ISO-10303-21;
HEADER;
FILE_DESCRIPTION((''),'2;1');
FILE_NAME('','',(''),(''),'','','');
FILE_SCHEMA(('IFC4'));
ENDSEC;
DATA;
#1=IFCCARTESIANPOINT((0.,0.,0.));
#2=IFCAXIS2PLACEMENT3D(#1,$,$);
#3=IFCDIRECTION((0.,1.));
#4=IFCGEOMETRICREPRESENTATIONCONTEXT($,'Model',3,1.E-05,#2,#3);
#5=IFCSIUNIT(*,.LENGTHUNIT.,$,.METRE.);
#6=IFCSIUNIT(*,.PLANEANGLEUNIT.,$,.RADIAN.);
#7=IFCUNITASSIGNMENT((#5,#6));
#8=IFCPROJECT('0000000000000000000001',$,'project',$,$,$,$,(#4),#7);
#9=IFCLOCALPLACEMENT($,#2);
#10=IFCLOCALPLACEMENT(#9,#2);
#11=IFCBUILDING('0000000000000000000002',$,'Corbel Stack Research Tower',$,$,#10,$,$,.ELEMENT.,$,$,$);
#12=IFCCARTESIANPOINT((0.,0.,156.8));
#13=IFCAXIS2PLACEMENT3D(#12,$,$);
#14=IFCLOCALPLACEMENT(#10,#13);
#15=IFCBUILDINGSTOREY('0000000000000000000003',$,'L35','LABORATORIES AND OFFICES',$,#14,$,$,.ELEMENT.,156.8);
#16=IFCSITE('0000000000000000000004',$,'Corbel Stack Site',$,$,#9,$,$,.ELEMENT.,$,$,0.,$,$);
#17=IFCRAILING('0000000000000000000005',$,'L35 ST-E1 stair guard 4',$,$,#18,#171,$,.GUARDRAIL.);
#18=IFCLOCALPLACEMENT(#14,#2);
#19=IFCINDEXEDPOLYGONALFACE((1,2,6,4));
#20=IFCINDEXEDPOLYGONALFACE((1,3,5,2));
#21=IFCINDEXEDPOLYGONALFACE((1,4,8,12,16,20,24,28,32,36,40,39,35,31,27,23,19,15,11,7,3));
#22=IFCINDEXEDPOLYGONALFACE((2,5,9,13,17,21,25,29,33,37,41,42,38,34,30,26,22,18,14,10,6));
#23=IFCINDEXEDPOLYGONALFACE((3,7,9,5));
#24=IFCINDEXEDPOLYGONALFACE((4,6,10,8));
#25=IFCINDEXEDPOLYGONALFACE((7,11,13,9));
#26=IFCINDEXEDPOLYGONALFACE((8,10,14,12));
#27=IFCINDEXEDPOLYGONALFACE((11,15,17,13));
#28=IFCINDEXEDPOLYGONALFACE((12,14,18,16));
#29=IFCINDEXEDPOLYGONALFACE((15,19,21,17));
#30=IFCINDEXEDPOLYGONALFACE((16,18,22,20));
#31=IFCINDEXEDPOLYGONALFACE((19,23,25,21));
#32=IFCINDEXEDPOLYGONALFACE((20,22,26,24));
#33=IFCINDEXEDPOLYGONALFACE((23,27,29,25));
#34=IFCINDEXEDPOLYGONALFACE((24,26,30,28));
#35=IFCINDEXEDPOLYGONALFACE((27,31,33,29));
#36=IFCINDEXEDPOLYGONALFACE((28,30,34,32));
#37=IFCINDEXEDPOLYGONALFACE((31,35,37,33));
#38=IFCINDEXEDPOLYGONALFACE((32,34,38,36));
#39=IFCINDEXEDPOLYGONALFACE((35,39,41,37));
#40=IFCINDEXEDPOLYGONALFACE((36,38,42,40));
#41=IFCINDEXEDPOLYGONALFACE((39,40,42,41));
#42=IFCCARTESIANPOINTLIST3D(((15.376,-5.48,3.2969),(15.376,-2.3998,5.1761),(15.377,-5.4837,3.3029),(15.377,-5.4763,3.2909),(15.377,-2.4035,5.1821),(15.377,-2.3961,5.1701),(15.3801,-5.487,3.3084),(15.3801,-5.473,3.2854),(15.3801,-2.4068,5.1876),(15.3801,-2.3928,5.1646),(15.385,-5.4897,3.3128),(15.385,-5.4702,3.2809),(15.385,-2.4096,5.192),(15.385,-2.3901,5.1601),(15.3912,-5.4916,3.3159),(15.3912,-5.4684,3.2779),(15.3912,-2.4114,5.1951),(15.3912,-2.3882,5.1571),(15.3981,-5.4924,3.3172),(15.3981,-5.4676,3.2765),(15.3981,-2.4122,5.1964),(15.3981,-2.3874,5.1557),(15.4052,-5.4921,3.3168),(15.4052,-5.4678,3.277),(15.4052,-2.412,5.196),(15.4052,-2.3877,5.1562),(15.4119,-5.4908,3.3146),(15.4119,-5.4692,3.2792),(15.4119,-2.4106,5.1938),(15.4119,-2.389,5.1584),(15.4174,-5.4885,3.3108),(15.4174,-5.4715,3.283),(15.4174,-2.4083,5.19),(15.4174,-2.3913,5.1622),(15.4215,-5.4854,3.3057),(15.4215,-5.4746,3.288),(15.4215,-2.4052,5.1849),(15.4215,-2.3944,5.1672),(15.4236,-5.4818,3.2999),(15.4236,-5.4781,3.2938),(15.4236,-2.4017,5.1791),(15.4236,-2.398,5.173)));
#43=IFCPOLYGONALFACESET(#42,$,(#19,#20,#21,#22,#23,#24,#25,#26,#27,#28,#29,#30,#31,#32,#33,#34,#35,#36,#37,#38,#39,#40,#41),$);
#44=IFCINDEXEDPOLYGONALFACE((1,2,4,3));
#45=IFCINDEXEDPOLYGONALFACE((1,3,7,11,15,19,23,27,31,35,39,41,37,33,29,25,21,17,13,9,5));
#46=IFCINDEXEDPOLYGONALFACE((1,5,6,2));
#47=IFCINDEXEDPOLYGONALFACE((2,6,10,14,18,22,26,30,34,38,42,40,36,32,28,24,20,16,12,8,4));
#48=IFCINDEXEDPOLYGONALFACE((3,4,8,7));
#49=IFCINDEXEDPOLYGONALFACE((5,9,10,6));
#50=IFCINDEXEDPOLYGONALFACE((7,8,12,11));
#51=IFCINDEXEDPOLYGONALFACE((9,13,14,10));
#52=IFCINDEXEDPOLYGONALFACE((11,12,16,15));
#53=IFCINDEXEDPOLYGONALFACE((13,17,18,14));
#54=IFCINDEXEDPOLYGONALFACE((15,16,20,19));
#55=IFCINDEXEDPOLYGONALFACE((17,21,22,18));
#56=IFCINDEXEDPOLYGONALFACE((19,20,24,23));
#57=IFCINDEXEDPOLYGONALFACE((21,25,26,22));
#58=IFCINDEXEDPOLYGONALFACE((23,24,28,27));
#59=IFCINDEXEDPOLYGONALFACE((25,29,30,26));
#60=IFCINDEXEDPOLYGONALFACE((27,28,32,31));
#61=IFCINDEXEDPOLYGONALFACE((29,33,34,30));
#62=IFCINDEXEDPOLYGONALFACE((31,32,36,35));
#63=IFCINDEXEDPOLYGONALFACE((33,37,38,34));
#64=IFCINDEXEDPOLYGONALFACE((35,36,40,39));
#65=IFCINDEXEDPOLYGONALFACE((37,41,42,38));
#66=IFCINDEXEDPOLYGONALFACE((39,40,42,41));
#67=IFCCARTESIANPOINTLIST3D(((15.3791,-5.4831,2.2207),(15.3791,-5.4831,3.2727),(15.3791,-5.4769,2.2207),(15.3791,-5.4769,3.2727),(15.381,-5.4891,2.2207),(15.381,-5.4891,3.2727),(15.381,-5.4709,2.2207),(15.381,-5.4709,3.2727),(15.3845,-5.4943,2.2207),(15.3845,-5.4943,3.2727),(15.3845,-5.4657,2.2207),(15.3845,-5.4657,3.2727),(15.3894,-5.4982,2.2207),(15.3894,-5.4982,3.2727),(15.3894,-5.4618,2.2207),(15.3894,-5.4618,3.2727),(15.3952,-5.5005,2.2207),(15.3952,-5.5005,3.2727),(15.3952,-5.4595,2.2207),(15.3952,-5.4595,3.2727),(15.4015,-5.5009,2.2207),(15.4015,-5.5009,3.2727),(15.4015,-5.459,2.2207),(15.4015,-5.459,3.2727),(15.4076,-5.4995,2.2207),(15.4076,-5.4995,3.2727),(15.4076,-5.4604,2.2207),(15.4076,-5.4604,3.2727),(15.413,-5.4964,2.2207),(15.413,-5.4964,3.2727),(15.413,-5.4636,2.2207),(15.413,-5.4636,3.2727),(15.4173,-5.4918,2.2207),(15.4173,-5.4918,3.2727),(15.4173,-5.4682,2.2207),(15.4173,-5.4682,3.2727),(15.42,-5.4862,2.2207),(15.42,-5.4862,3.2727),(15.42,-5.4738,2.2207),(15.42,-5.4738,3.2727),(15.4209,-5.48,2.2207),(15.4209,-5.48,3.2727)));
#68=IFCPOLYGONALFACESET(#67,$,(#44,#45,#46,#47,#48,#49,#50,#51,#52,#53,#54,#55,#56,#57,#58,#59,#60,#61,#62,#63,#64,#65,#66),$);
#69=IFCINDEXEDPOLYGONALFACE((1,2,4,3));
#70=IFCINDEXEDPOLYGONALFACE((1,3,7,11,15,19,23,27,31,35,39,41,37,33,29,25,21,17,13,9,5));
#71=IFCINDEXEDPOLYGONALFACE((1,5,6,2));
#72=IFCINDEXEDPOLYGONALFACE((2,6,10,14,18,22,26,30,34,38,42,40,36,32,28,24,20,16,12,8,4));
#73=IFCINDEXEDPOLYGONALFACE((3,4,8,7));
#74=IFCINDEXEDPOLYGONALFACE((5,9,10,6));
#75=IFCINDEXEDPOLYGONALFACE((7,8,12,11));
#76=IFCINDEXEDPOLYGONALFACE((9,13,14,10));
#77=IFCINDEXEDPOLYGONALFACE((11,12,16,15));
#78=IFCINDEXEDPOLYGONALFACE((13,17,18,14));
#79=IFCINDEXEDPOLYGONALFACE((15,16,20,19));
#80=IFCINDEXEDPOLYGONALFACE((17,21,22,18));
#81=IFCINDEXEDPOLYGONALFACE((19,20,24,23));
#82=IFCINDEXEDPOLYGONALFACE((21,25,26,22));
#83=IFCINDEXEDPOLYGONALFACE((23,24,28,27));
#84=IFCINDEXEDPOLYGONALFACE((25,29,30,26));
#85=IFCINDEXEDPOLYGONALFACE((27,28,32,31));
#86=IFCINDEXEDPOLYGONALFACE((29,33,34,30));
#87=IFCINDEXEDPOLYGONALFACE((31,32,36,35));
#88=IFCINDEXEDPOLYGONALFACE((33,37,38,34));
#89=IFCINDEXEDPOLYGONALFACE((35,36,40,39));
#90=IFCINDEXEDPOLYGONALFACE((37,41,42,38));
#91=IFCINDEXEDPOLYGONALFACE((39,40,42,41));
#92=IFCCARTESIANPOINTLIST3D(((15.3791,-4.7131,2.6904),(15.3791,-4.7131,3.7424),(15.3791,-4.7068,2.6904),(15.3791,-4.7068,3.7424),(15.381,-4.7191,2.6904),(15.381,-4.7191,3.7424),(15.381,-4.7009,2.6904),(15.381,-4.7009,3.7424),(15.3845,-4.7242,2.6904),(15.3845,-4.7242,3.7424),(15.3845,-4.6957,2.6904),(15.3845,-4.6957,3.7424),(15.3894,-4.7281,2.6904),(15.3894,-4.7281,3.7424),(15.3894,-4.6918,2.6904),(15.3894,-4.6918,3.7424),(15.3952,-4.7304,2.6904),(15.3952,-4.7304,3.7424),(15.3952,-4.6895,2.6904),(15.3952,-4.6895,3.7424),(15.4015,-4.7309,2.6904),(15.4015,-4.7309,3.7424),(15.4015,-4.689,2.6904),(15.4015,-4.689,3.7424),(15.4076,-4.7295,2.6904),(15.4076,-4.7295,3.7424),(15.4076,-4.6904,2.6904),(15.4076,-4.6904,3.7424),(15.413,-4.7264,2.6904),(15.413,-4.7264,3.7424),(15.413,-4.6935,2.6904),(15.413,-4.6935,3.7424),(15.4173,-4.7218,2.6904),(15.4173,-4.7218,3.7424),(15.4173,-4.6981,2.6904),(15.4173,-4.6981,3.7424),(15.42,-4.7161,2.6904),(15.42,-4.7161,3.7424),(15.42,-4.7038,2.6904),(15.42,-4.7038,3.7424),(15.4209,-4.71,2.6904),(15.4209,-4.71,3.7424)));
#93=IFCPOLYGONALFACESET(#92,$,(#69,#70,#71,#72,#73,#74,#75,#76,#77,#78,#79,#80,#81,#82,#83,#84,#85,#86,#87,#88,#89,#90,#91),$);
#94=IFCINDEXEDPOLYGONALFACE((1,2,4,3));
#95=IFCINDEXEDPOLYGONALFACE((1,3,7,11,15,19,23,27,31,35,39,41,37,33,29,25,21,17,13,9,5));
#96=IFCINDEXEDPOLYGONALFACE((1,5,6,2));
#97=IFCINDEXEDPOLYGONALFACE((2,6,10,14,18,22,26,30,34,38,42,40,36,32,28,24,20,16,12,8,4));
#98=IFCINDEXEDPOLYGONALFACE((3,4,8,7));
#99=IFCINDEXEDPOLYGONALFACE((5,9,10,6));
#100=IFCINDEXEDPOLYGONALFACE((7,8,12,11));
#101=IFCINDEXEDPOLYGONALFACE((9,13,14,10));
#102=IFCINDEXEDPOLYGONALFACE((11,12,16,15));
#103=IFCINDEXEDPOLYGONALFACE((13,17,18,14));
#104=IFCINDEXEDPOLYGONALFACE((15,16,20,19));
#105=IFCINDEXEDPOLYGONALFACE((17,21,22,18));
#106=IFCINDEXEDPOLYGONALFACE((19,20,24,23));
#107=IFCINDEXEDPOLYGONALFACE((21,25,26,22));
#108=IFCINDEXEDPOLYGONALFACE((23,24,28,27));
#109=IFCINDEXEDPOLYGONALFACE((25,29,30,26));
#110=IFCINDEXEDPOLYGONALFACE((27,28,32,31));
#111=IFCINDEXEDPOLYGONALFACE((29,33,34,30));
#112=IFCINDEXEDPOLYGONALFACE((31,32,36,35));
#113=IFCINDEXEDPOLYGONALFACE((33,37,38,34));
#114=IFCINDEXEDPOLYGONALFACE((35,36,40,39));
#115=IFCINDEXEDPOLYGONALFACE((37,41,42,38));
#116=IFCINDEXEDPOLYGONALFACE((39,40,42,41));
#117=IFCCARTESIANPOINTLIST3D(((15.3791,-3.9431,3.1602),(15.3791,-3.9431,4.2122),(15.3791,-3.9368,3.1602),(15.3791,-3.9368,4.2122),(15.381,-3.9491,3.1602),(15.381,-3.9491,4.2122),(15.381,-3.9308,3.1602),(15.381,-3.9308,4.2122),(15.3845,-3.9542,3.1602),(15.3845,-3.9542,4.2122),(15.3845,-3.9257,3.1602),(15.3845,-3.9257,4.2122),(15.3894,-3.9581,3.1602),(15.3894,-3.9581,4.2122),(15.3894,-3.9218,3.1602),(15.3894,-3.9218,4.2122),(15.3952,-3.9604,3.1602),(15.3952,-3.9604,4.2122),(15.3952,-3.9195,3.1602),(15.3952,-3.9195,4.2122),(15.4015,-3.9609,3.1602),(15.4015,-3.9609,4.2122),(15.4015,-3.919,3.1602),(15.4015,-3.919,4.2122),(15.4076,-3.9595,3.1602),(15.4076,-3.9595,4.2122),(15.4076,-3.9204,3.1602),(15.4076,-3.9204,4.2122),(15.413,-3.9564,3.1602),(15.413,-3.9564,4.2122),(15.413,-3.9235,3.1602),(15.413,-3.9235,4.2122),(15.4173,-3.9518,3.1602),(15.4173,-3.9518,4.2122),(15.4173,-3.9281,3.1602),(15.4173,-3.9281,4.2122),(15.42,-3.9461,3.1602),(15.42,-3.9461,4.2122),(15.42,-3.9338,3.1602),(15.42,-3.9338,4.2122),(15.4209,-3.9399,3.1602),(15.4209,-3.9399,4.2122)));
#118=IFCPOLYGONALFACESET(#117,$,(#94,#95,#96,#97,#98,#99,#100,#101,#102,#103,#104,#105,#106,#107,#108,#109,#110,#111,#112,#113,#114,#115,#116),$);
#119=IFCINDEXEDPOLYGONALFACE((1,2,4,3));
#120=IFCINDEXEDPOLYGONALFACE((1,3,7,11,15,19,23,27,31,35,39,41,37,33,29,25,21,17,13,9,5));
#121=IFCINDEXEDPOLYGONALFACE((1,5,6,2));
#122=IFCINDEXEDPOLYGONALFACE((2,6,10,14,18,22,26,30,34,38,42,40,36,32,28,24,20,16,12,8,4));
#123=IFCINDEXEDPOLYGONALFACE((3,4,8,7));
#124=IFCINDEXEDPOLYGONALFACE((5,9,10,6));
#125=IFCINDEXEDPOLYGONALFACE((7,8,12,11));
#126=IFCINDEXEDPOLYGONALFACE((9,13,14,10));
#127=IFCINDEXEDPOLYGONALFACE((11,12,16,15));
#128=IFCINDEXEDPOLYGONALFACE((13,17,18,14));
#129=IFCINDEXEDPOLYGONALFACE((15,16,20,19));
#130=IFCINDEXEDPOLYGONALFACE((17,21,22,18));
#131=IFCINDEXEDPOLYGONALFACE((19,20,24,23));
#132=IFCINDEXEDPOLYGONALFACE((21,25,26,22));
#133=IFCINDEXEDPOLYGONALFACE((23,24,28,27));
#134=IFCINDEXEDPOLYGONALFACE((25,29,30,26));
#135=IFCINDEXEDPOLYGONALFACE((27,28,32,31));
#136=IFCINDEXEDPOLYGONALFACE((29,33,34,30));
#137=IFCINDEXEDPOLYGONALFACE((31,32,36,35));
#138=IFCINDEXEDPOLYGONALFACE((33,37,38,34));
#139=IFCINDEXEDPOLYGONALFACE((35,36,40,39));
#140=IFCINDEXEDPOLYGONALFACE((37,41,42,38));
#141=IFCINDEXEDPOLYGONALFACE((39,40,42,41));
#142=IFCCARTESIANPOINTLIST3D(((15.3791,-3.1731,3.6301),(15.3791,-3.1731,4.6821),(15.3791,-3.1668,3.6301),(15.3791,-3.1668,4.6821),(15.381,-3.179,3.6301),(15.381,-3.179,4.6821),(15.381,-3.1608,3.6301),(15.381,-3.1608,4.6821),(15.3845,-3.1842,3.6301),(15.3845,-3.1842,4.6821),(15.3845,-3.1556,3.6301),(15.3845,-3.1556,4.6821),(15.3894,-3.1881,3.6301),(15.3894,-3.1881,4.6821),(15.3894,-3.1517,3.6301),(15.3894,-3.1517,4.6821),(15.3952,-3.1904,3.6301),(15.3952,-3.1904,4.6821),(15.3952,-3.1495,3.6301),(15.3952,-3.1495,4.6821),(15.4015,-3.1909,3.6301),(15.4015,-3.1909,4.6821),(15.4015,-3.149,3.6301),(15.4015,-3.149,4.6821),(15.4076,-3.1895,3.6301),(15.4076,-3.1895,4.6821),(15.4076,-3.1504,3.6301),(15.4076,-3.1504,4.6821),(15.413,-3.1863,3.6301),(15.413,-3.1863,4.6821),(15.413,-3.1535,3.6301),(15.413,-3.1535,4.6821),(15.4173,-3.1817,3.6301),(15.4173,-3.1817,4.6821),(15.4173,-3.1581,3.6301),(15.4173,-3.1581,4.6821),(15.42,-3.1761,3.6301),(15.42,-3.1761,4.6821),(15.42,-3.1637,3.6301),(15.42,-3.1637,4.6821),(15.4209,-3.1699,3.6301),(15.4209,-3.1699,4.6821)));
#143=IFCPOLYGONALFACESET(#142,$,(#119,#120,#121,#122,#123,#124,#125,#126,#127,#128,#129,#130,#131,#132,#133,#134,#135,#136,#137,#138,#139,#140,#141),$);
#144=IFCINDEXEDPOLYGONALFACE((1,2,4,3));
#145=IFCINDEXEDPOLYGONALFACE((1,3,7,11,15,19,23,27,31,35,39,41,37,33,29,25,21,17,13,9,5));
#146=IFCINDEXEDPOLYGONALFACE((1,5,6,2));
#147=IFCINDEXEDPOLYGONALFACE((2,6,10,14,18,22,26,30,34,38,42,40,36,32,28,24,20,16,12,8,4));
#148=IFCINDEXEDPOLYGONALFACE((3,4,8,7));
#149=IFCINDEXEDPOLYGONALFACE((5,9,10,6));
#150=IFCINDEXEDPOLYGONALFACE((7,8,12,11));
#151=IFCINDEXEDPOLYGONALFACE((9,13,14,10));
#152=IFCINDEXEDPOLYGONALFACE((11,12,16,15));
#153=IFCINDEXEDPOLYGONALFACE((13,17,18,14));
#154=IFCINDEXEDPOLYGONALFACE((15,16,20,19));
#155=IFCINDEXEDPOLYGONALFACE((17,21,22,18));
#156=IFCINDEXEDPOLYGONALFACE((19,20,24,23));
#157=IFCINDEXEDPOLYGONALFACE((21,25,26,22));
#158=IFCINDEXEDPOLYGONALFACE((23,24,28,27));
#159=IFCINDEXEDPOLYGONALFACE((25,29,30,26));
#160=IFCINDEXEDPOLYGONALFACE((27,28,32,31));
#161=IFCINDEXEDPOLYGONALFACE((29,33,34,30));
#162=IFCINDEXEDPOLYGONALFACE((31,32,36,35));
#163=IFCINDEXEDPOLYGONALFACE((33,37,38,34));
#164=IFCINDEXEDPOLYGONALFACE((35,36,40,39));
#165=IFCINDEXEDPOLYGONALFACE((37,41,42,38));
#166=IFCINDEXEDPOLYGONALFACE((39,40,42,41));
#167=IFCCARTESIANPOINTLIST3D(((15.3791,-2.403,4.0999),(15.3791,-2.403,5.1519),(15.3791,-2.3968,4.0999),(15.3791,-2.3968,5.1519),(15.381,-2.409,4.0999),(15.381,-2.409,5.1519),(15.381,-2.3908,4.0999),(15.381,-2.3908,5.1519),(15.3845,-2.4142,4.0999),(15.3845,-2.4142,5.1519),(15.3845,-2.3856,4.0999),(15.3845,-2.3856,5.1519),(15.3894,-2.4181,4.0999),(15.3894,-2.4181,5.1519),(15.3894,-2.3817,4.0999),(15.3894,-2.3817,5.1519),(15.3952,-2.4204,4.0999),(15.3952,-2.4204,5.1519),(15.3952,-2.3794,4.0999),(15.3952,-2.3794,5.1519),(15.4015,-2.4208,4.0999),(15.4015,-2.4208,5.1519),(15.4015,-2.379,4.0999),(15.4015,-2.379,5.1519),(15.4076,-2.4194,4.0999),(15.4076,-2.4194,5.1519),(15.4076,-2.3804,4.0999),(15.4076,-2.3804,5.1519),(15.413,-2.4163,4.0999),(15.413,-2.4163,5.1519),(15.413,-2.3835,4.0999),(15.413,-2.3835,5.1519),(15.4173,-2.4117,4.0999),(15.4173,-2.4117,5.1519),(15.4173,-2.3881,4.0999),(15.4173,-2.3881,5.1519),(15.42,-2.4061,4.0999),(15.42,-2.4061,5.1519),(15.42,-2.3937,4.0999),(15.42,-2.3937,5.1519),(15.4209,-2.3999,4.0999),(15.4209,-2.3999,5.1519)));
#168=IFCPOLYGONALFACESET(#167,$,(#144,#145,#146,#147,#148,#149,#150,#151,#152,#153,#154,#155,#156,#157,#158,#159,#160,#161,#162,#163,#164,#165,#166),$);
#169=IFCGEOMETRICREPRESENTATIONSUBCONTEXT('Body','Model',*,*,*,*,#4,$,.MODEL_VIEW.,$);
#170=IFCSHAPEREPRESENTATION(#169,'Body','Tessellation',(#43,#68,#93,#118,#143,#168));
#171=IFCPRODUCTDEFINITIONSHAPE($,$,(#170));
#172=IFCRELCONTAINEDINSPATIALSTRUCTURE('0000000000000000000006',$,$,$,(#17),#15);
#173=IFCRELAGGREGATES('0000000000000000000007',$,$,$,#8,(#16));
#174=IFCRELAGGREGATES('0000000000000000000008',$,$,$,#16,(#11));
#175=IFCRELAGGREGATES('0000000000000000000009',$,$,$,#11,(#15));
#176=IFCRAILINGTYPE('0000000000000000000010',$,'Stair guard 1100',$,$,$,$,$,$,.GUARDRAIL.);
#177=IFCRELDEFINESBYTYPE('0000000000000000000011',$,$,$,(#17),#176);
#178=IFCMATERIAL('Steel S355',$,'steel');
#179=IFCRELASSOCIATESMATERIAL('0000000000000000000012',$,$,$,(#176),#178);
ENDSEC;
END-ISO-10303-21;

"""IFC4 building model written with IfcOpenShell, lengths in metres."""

from ifc_helpers import new_model, si_unit, direction, frame, origin, origin_2d, place, context, subcontext, project, spatial, circle, extrude, material, type_object, element, save


model = new_model("IFC4")

# Units and contexts
model_context = context("Model", 3, precision=1e-05, world=origin(), true_north=direction((0.0, 1.0)))
body_context = subcontext(model_context, "Body", "Model", "MODEL_VIEW")
ifc_project = project(units=[si_unit("LENGTHUNIT", "METRE"), si_unit("PLANEANGLEUNIT", "RADIAN")], contexts=[model_context])

# Site, building, storey
site_placement = place(None, origin())
site = spatial("IfcSite", under=ifc_project, at=site_placement, Name="Corbel Stack Site", CompositionType="ELEMENT", RefElevation=0.0)
building_placement = place(site_placement, origin())
building = spatial("IfcBuilding", under=site, at=building_placement, Name="Corbel Stack Research Tower", CompositionType="ELEMENT")
storey_placement = place(building_placement, frame((0.0, 0.0, 156.8)))
storey = spatial("IfcBuildingStorey", under=building, at=storey_placement, Name="L35", Description="LABORATORIES AND OFFICES", CompositionType="ELEMENT", Elevation=156.8)

# Railing
ifc_material_1 = material(Name="Steel S355", Category="steel")
railing_type_1 = type_object("IfcRailingType", Name="Stair guard 1100", PredefinedType="GUARDRAIL", material=ifc_material_1)
railing_1_placement = place(storey_placement, frame((15.3999, -5.48, 2.2207)))
element("IfcRailing", 1, at=railing_1_placement, inside=storey, type_object=railing_type_1, Name="L35 ST-E1 stair guard 4", PredefinedType="GUARDRAIL", context=body_context, shape_type="SweptSolid", body=[
    extrude(circle(Radius=0.0239, at=origin_2d()), frame((0.0, 0.0, 1.0762), z_axis=(0.0, 0.853666, 0.52082), x_axis=(-1.0, 0.0, 0.0)), (0.0, 0.0, 1.0), 3.6082),
    extrude(circle(Radius=0.021, at=origin_2d()), origin(), (0.0, 0.0, 1.0), 1.052),
    extrude(circle(Radius=0.021, at=origin_2d()), frame((0.0, 0.77, 0.4697)), (0.0, 0.0, 1.0), 1.052),
    extrude(circle(Radius=0.021, at=origin_2d()), frame((0.0, 1.54, 0.9395)), (0.0, 0.0, 1.0), 1.052),
    extrude(circle(Radius=0.021, at=origin_2d()), frame((0.0, 2.3101, 1.4094)), (0.0, 0.0, 1.0), 1.052),
    extrude(circle(Radius=0.021, at=origin_2d()), frame((0.0, 3.0801, 1.8792)), (0.0, 0.0, 1.0), 1.052),
])

save(model, "model.ifc")
